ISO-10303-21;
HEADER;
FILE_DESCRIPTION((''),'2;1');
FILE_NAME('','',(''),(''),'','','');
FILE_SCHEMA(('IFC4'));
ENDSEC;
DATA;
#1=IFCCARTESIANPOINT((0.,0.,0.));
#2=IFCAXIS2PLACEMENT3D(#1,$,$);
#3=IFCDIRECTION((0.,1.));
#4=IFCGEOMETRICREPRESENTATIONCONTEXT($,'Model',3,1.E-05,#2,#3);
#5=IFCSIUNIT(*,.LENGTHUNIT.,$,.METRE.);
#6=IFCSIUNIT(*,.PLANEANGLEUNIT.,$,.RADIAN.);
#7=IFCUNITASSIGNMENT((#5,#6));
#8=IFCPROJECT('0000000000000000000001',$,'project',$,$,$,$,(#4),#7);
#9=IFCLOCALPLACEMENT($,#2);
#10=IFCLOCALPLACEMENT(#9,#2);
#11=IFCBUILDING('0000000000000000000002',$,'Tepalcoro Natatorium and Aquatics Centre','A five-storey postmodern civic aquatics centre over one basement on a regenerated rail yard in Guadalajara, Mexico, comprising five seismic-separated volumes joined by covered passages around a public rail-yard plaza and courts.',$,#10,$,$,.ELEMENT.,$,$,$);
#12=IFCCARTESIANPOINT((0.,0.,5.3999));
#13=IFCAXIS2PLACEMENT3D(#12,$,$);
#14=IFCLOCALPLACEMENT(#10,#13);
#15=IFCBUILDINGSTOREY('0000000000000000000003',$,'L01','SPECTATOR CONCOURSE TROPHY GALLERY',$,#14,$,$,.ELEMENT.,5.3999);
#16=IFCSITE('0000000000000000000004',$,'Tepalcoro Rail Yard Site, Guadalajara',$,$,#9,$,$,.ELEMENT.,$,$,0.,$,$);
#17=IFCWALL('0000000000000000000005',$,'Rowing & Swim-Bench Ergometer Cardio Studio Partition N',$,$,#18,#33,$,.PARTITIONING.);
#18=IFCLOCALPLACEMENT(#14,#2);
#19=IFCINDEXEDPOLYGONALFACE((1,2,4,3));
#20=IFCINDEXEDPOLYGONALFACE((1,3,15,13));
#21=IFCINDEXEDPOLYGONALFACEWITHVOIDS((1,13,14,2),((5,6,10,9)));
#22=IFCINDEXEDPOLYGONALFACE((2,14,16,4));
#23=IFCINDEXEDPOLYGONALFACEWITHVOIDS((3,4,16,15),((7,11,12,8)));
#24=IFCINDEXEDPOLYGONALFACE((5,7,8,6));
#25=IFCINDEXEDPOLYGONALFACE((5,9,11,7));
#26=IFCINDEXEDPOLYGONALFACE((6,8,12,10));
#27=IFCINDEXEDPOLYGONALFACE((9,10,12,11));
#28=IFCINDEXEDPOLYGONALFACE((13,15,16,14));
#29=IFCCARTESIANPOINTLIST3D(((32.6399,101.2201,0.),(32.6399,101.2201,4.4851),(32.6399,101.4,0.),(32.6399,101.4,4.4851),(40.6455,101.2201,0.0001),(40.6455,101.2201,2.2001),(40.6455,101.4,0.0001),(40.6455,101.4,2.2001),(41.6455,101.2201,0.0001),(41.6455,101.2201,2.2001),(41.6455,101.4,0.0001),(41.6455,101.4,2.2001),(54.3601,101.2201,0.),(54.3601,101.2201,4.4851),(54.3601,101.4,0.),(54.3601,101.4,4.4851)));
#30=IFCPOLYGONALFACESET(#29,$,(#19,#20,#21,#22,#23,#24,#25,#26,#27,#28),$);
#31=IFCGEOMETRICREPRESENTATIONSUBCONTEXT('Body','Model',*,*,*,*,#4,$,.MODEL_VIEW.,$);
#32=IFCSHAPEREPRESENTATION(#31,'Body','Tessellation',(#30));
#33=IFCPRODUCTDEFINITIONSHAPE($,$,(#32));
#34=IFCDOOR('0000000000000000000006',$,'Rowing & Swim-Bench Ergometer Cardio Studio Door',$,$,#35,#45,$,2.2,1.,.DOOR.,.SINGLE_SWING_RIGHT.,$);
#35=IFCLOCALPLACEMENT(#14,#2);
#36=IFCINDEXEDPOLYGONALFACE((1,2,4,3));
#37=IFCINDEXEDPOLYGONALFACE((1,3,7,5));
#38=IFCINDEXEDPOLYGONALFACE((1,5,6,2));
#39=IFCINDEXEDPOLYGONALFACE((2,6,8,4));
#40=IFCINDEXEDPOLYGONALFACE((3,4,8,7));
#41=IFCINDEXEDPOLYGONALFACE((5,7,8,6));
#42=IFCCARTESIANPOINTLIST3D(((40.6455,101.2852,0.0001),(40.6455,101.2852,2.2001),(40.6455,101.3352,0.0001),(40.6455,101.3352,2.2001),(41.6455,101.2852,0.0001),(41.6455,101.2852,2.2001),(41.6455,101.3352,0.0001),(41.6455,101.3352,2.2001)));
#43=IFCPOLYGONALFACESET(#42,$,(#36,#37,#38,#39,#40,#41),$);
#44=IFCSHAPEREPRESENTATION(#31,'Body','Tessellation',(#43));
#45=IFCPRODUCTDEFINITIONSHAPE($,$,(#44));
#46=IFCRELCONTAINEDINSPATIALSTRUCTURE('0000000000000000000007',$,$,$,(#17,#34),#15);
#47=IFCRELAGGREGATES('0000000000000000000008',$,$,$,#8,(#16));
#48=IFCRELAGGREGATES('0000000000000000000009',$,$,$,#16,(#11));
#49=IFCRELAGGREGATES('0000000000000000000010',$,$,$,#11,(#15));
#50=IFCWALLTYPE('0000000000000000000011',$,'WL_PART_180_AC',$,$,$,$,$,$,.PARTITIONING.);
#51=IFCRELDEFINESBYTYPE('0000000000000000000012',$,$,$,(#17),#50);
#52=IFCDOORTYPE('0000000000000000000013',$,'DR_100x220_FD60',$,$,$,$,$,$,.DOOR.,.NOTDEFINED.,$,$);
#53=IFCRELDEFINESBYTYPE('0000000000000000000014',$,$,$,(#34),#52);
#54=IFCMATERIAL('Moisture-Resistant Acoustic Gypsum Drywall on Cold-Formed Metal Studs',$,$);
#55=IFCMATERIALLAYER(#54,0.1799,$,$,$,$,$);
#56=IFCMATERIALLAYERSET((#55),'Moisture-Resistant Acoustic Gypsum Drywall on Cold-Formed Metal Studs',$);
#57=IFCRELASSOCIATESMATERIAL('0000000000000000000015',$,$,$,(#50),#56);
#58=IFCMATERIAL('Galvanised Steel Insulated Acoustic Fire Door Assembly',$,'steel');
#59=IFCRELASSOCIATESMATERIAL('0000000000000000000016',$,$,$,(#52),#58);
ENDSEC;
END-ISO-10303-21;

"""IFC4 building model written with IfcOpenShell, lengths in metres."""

from ifc_helpers import new_model, si_unit, direction, frame, frame_2d, origin, place, context, subcontext, project, spatial, rectangle, extrude, material, layer, layer_set, type_object, element, fill, save


model = new_model("IFC4")

# Units and contexts
model_context = context("Model", 3, precision=1e-05, world=origin(), true_north=direction((0.0, 1.0)))
body_context = subcontext(model_context, "Body", "Model", "MODEL_VIEW")
ifc_project = project(units=[si_unit("LENGTHUNIT", "METRE"), si_unit("PLANEANGLEUNIT", "RADIAN")], contexts=[model_context])

# Site, building, storey
site_placement = place(None, origin())
site = spatial("IfcSite", under=ifc_project, at=site_placement, Name="Tepalcoro Rail Yard Site, Guadalajara", CompositionType="ELEMENT", RefElevation=0.0)
building_placement = place(site_placement, origin())
building = spatial("IfcBuilding", under=site, at=building_placement, Name="Tepalcoro Natatorium and Aquatics Centre", Description="A five-storey postmodern civic aquatics centre over one basement on a regenerated rail yard in Guadalajara, Mexico, comprising five seismic-separated volumes joined by covered passages around a public rail-yard plaza and courts.", CompositionType="ELEMENT")
storey_placement = place(building_placement, frame((0.0, 0.0, 5.3999)))
storey = spatial("IfcBuildingStorey", under=building, at=storey_placement, Name="L01", Description="SPECTATOR CONCOURSE TROPHY GALLERY", CompositionType="ELEMENT", Elevation=5.3999)

# Wall, opening, door
ifc_material_1 = material(Name="Moisture-Resistant Acoustic Gypsum Drywall on Cold-Formed Metal Studs")
ifc_layer = layer(ifc_material_1, 0.1799)
ifc_layer_set = layer_set([ifc_layer], Name="Moisture-Resistant Acoustic Gypsum Drywall on Cold-Formed Metal Studs")
wall_type = type_object("IfcWallType", Name="WL_PART_180_AC", PredefinedType="PARTITIONING", material=ifc_layer_set)
wall_placement = place(storey_placement, frame((32.6399, 101.3101, 0.0), z_axis=(0.0, 0.0, 1.0), x_axis=(1.0, 0.0, 0.0)))
wall = element("IfcWall", 1, at=wall_placement, inside=storey, type_object=wall_type, Name="Rowing & Swim-Bench Ergometer Cardio Studio Partition N", PredefinedType="PARTITIONING", context=body_context, shape_type="SweptSolid", body=[
    extrude(rectangle(XDim=21.7202, YDim=0.1799, at=frame_2d((10.8601, 0.0))), origin(), (0.0, 0.0, 1.0), 4.4851),
])
opening_placement = place(wall_placement, frame((8.0056, 0.0, 0.0)))
opening = element("IfcOpeningElement", 2, at=opening_placement, cuts=wall, PredefinedType="OPENING", context=body_context, shape_type="SweptSolid", body=[
    extrude(rectangle(XDim=1.0, YDim=2.2, at=frame_2d((0.5, 1.1001))), frame((0.0, 0.1021, 0.0), z_axis=(0.0, -1.0, 0.0), x_axis=(1.0, 0.0, 0.0)), (0.0, 0.0, 1.0), 0.2039),
])
ifc_material_2 = material(Name="Galvanised Steel Insulated Acoustic Fire Door Assembly", Category="steel")
door_type = type_object("IfcDoorType", Name="DR_100x220_FD60", OperationType="NOTDEFINED", PredefinedType="DOOR", material=ifc_material_2)
door_placement = place(opening_placement, frame((1.0, 0.0, 0.0), z_axis=(0.0, 0.0, 1.0), x_axis=(-1.0, 0.0, 0.0)))
door = element("IfcDoor", 3, at=door_placement, inside=storey, type_object=door_type, Name="Rowing & Swim-Bench Ergometer Cardio Studio Door", OperationType="SINGLE_SWING_RIGHT", OverallHeight=2.2, OverallWidth=1.0, PredefinedType="DOOR", context=body_context, shape_type="SweptSolid", body=[
    extrude(rectangle(XDim=1.0, YDim=2.2, at=frame_2d((0.5, 1.1001))), frame((0.0, 0.0249, 0.0), z_axis=(0.0, -1.0, 0.0), x_axis=(1.0, 0.0, 0.0)), (0.0, 0.0, 1.0), 0.05),
])
fill(opening, door)

save(model, "model.ifc")
